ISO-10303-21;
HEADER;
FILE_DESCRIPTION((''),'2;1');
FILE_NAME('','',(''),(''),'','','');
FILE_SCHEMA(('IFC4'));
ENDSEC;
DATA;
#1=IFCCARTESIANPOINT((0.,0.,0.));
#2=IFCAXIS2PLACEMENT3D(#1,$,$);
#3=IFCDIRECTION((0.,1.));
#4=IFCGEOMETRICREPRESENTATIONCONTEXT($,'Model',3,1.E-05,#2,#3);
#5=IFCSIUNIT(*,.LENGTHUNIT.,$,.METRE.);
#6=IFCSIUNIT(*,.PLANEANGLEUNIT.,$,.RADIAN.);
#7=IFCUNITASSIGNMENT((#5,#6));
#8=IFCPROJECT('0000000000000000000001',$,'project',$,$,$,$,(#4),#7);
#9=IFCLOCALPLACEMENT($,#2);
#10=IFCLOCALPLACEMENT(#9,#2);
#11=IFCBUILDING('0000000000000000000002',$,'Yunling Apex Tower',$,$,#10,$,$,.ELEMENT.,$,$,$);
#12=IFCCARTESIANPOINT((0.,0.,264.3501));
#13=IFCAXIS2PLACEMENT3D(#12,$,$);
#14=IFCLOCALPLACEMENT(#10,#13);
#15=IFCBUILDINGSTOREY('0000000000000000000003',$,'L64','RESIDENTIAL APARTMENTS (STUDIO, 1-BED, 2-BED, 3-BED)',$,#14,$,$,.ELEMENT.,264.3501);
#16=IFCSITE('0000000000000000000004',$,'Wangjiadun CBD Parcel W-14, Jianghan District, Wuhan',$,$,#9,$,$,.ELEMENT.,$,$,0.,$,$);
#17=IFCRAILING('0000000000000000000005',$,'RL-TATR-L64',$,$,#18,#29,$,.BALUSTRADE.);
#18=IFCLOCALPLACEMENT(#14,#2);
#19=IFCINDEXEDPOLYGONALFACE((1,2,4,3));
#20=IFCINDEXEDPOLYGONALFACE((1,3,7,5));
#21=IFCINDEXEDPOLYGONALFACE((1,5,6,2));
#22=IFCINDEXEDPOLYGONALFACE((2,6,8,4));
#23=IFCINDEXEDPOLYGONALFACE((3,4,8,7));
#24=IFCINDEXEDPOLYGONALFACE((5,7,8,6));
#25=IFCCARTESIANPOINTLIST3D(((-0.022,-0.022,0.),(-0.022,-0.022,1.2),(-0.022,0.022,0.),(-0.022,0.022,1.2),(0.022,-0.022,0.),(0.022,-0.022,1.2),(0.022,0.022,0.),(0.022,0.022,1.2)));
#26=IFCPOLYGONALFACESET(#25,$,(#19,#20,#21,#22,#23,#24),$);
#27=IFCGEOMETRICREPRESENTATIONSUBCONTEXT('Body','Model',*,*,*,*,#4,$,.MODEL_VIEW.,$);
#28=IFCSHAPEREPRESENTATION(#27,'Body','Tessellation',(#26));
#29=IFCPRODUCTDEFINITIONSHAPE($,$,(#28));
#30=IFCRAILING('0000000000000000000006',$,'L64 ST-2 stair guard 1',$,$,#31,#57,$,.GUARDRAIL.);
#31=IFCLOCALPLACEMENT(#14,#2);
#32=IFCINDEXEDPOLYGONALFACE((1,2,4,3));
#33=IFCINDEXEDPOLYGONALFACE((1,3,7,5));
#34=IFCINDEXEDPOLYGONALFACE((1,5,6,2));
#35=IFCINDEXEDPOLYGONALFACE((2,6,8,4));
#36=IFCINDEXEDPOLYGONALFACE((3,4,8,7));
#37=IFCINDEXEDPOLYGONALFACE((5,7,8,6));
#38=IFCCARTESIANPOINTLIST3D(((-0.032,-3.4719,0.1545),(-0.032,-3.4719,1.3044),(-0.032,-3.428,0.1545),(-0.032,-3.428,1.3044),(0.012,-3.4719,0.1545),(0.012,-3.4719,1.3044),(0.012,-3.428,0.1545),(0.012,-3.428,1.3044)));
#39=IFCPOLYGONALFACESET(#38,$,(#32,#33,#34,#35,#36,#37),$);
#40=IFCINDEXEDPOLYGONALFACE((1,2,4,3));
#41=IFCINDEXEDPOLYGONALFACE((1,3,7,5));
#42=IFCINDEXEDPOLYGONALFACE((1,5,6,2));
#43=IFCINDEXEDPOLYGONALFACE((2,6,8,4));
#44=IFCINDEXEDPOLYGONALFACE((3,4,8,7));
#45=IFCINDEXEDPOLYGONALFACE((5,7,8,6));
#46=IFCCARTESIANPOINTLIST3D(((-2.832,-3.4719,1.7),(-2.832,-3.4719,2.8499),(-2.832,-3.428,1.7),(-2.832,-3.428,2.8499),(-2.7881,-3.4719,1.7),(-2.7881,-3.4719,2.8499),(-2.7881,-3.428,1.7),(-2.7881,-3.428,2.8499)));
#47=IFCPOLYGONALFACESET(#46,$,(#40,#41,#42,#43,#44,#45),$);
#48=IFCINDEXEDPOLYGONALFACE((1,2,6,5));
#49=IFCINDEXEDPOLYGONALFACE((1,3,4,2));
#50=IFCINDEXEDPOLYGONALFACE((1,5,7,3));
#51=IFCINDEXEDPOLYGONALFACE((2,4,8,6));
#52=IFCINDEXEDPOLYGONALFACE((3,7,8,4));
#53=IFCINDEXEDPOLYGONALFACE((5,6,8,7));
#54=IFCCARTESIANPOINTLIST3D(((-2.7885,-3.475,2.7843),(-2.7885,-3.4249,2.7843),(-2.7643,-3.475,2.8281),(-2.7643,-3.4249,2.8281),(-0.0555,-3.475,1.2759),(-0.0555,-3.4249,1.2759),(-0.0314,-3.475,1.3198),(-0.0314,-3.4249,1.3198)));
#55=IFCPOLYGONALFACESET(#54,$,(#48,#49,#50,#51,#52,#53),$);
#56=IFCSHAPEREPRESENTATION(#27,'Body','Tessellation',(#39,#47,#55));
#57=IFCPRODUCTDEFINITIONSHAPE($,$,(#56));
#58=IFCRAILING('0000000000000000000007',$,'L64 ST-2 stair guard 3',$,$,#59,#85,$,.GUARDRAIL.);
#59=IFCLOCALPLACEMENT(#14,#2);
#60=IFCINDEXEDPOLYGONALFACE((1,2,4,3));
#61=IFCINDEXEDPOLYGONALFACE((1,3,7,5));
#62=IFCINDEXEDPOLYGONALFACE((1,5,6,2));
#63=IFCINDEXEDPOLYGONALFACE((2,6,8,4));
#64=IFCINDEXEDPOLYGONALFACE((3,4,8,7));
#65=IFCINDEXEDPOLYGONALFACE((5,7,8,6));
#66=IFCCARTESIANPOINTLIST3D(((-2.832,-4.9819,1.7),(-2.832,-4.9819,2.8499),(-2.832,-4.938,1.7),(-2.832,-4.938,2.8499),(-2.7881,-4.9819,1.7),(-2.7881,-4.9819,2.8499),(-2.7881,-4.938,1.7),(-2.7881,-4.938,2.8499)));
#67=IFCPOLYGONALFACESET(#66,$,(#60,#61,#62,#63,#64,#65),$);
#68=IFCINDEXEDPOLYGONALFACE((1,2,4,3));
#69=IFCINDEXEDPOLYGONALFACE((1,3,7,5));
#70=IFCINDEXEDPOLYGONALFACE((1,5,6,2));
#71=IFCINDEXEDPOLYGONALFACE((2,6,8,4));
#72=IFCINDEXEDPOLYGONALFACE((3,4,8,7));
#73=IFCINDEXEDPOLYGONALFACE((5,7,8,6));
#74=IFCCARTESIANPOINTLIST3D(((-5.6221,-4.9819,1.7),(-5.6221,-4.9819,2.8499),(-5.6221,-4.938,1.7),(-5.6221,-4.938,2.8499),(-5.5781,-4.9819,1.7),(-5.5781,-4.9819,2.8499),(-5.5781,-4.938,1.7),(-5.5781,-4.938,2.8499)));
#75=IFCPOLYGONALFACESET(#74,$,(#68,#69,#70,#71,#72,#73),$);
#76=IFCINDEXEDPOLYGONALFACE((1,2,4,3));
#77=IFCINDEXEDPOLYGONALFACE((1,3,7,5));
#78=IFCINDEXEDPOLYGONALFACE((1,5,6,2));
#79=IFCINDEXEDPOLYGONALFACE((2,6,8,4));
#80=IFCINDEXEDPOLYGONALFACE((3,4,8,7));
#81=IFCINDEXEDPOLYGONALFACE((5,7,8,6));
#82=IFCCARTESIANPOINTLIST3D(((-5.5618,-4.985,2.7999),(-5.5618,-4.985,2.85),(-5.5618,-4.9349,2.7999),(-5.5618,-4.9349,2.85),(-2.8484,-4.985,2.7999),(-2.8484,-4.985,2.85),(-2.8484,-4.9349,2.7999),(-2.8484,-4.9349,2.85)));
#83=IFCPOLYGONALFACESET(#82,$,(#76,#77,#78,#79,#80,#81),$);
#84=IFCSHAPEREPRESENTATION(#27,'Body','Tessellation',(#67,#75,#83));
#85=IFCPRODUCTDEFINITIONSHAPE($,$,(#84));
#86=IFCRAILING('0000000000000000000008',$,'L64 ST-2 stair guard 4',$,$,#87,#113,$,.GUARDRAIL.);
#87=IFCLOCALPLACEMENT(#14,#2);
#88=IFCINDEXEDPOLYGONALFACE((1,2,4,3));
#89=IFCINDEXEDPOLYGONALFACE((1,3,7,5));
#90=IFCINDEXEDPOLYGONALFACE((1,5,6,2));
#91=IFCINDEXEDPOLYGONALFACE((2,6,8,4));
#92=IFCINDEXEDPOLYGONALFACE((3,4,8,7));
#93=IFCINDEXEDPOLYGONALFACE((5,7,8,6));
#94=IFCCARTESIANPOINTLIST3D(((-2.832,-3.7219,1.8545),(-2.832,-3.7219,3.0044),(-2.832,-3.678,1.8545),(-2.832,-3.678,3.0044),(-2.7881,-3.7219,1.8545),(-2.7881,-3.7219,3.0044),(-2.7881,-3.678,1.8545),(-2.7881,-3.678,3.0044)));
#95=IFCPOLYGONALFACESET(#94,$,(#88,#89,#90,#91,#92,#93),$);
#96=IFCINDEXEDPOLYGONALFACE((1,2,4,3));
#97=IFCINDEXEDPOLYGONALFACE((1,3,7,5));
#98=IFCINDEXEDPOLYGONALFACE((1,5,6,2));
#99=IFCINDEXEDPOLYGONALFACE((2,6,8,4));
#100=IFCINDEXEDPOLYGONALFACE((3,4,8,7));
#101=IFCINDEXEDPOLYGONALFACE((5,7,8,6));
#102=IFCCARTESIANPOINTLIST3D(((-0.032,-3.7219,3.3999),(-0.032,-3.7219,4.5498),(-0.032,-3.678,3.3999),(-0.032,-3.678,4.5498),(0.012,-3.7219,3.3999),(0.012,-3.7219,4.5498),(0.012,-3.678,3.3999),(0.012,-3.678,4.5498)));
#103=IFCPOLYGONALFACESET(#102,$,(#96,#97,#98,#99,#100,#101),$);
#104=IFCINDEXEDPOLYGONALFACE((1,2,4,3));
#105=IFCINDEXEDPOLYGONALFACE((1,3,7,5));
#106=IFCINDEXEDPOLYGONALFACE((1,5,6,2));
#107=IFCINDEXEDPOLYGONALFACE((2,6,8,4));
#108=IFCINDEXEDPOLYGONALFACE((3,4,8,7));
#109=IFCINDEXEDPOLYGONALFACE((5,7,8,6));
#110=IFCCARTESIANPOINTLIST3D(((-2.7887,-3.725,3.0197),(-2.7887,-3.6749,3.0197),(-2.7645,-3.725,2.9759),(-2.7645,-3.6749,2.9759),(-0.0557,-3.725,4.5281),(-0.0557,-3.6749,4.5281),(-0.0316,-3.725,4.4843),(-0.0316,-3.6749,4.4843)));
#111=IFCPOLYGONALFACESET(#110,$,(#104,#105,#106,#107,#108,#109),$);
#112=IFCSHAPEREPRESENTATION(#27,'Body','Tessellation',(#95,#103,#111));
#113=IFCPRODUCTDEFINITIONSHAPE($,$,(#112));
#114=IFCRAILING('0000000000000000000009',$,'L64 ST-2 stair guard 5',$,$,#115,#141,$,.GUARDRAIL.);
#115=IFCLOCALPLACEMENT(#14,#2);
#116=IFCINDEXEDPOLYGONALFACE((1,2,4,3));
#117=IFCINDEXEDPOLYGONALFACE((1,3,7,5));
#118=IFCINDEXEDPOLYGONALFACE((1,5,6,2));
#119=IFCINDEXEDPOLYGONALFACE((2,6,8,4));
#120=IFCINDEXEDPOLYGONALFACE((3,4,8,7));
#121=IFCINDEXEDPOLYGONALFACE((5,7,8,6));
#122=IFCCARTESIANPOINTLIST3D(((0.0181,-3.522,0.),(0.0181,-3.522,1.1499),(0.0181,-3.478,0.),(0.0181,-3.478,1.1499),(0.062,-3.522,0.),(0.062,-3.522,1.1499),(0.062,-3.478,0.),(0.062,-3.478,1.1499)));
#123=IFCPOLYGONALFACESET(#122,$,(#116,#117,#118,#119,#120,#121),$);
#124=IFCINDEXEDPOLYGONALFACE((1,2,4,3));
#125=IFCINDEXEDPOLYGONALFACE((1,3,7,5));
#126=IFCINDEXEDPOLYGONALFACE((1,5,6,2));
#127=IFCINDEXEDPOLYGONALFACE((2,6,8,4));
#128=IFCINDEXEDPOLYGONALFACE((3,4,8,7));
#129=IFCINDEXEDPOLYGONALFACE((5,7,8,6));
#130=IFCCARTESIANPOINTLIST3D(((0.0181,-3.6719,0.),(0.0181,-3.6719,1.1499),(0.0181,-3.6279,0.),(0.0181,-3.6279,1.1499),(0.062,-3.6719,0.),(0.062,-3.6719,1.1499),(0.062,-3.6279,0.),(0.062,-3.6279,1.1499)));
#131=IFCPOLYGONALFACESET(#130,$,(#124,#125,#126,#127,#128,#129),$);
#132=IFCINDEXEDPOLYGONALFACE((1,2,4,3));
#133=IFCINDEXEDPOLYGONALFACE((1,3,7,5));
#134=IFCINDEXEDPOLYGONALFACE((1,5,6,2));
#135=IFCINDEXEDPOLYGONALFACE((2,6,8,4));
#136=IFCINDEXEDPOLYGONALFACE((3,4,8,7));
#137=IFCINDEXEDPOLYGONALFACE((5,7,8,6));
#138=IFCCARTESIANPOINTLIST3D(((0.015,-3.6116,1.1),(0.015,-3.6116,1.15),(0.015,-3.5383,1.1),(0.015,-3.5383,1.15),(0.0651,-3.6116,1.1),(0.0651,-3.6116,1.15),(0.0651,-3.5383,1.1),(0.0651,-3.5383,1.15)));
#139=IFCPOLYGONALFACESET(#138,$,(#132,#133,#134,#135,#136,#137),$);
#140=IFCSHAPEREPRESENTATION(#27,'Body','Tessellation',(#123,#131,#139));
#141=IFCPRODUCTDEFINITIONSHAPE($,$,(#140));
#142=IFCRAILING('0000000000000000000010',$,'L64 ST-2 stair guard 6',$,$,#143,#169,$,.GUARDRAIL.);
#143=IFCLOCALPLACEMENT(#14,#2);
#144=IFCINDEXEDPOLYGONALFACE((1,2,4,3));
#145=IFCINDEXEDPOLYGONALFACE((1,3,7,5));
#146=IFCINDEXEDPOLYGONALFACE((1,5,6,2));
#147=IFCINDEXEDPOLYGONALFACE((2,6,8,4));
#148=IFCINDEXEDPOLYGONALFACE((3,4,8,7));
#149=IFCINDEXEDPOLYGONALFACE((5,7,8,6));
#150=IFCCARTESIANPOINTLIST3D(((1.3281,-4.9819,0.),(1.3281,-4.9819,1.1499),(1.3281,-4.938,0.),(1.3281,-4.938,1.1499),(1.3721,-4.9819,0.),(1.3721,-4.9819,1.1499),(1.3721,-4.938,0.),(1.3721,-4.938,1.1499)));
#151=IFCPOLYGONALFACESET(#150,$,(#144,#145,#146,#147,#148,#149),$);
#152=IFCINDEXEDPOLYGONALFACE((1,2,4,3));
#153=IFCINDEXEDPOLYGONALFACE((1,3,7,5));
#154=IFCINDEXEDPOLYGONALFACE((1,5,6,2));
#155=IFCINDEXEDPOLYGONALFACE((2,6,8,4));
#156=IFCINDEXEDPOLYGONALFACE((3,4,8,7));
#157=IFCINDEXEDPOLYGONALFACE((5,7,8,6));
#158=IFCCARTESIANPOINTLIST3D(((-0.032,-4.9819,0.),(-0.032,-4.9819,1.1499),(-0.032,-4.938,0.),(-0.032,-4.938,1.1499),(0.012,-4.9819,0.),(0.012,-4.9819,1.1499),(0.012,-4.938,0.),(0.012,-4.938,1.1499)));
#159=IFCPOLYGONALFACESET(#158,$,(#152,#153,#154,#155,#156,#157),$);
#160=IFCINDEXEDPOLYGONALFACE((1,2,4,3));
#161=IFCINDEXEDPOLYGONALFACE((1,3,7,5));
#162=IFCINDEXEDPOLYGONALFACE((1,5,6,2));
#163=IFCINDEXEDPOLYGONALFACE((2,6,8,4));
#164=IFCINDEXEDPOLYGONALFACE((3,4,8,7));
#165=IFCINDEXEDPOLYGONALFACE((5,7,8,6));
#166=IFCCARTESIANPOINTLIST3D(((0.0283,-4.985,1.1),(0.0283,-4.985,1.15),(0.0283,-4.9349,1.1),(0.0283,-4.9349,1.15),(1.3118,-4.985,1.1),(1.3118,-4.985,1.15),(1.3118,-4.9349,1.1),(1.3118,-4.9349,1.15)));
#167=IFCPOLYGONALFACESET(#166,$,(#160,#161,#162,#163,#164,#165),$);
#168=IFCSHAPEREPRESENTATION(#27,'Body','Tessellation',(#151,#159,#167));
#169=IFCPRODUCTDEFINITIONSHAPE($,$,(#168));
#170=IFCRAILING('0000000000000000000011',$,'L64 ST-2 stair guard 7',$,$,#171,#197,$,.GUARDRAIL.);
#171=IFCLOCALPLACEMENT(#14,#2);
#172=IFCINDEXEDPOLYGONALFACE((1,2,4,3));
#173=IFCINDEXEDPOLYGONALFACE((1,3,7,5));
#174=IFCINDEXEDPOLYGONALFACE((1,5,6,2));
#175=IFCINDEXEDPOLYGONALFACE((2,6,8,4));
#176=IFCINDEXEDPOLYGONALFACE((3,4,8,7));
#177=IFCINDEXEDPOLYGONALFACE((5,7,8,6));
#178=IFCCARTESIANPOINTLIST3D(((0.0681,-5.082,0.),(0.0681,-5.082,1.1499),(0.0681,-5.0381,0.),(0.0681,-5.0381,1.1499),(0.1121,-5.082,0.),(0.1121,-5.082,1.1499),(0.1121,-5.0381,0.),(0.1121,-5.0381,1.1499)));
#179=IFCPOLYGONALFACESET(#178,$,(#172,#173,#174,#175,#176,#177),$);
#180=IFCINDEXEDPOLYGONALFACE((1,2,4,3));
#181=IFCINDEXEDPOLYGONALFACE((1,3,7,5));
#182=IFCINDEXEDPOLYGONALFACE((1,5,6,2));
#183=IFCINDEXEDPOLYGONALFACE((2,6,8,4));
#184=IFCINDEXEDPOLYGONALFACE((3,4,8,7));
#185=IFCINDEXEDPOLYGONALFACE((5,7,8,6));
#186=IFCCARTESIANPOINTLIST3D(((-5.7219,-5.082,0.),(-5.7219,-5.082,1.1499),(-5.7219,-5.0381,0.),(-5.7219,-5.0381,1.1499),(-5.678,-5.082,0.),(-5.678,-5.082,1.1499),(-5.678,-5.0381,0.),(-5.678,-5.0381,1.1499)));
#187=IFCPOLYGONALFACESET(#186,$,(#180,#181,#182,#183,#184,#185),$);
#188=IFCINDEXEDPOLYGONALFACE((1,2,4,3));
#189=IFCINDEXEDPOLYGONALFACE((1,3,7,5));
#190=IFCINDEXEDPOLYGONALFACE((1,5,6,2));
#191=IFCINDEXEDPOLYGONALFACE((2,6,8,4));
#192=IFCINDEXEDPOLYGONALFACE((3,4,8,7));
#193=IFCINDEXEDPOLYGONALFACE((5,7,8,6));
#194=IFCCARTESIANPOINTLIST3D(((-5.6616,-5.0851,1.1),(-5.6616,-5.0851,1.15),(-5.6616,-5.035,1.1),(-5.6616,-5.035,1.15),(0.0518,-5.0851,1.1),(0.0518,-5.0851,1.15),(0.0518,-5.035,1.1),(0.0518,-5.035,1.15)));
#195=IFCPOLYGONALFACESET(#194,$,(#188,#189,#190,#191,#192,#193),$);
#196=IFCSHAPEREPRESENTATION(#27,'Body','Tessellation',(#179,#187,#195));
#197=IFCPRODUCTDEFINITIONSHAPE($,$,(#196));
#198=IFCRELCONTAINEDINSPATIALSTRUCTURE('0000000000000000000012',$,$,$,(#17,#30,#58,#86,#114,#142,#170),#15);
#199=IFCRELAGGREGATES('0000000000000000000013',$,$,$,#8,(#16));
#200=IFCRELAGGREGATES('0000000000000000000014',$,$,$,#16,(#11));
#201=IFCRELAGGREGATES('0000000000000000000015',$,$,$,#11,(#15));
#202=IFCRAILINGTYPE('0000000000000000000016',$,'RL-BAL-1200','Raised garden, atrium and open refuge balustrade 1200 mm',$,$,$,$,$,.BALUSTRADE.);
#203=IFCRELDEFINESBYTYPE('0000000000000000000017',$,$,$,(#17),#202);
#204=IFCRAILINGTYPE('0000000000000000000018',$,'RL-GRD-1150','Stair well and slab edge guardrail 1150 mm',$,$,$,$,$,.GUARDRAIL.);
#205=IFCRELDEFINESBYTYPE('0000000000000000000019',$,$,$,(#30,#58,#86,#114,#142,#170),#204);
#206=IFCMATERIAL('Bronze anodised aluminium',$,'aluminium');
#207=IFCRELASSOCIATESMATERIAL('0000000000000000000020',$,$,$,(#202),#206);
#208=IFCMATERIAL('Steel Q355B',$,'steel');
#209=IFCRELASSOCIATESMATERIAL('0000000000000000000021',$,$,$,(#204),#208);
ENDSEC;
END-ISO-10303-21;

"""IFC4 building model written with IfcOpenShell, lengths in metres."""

from ifc_helpers import new_model, si_unit, direction, frame, origin, origin_2d, place, context, subcontext, project, spatial, rectangle, extrude, material, type_object, element, save


model = new_model("IFC4")

# Units and contexts
model_context = context("Model", 3, precision=1e-05, world=origin(), true_north=direction((0.0, 1.0)))
body_context = subcontext(model_context, "Body", "Model", "MODEL_VIEW")
ifc_project = project(units=[si_unit("LENGTHUNIT", "METRE"), si_unit("PLANEANGLEUNIT", "RADIAN")], contexts=[model_context])

# Site, building, storey
site_placement = place(None, origin())
site = spatial("IfcSite", under=ifc_project, at=site_placement, Name="Wangjiadun CBD Parcel W-14, Jianghan District, Wuhan", CompositionType="ELEMENT", RefElevation=0.0)
building_placement = place(site_placement, origin())
building = spatial("IfcBuilding", under=site, at=building_placement, Name="Yunling Apex Tower", CompositionType="ELEMENT")
storey_placement = place(building_placement, frame((0.0, 0.0, 264.3501)))
storey = spatial("IfcBuildingStorey", under=building, at=storey_placement, Name="L64", Description="RESIDENTIAL APARTMENTS (STUDIO, 1-BED, 2-BED, 3-BED)", CompositionType="ELEMENT", Elevation=264.3501)

# Shared definitions
ifc_material_1 = material(Name="Steel Q355B", Category="steel")

# Shared definitions
ifc_material_2 = material(Name="Bronze anodised aluminium", Category="aluminium")

# Railings
railing_type_1 = type_object("IfcRailingType", Name="RL-BAL-1200", Description="Raised garden, atrium and open refuge balustrade 1200 mm", PredefinedType="BALUSTRADE", material=ifc_material_2)
railing_1_placement = place(storey_placement, origin())
element("IfcRailing", 1, at=railing_1_placement, inside=storey, type_object=railing_type_1, Name="RL-TATR-L64", PredefinedType="BALUSTRADE", context=body_context, shape_type="SweptSolid", body=[
    extrude(rectangle(XDim=0.0439, YDim=0.0439, at=origin_2d()), origin(), (0.0, 0.0, 1.0), 1.2),
])
railing_type_2 = type_object("IfcRailingType", Name="RL-GRD-1150", Description="Stair well and slab edge guardrail 1150 mm", PredefinedType="GUARDRAIL", material=ifc_material_1)
railing_2_placement = place(storey_placement, frame((-0.01, -3.45, 0.1545)))
element("IfcRailing", 2, at=railing_2_placement, inside=storey, type_object=railing_type_2, Name="L64 ST-2 stair guard 1", PredefinedType="GUARDRAIL", context=body_context, shape_type="SweptSolid", body=[
    extrude(rectangle(XDim=0.0439, YDim=0.0439, at=origin_2d()), origin(), (0.0, 0.0, 1.0), 1.1499),
    extrude(rectangle(XDim=0.0439, YDim=0.0439, at=origin_2d()), frame((-2.8, 0.0, 1.5454)), (0.0, 0.0, 1.0), 1.1499),
    extrude(rectangle(XDim=0.05, YDim=0.05, at=origin_2d()), frame((-0.0334, 0.0, 1.1433), z_axis=(-0.875504, 0.0, 0.483211), x_axis=(0.0, -1.0, 0.0)), (0.0, 0.0, 1.0), 3.1216),
])
railing_3_placement = place(storey_placement, frame((-2.8101, -4.96, 1.7)))
element("IfcRailing", 3, at=railing_3_placement, inside=storey, type_object=railing_type_2, Name="L64 ST-2 stair guard 3", PredefinedType="GUARDRAIL", context=body_context, shape_type="SweptSolid", body=[
    extrude(rectangle(XDim=0.0439, YDim=0.0439, at=origin_2d()), origin(), (0.0, 0.0, 1.0), 1.1499),
    extrude(rectangle(XDim=0.0439, YDim=0.0439, at=origin_2d()), frame((-2.79, 0.0, 0.0)), (0.0, 0.0, 1.0), 1.1499),
    extrude(rectangle(XDim=0.05, YDim=0.05, at=origin_2d()), frame((-0.0383, 0.0, 1.125), z_axis=(-1.0, 0.0, 0.0), x_axis=(0.0, -1.0, 0.0)), (0.0, 0.0, 1.0), 2.7134),
])
railing_4_placement = place(storey_placement, frame((-2.8101, -3.7, 1.8545)))
element("IfcRailing", 4, at=railing_4_placement, inside=storey, type_object=railing_type_2, Name="L64 ST-2 stair guard 4", PredefinedType="GUARDRAIL", context=body_context, shape_type="SweptSolid", body=[
    extrude(rectangle(XDim=0.0439, YDim=0.0439, at=origin_2d()), origin(), (0.0, 0.0, 1.0), 1.1499),
    extrude(rectangle(XDim=0.0439, YDim=0.0439, at=origin_2d()), frame((2.8, 0.0, 1.5454)), (0.0, 0.0, 1.0), 1.1499),
    extrude(rectangle(XDim=0.05, YDim=0.05, at=origin_2d()), frame((0.0334, 0.0, 1.1433), z_axis=(0.875504, 0.0, 0.483211), x_axis=(0.0, 1.0, 0.0)), (0.0, 0.0, 1.0), 3.1216),
])
railing_5_placement = place(storey_placement, frame((0.04, -3.5, 0.0)))
element("IfcRailing", 5, at=railing_5_placement, inside=storey, type_object=railing_type_2, Name="L64 ST-2 stair guard 5", PredefinedType="GUARDRAIL", context=body_context, shape_type="SweptSolid", body=[
    extrude(rectangle(XDim=0.0439, YDim=0.0439, at=origin_2d()), origin(), (0.0, 0.0, 1.0), 1.1499),
    extrude(rectangle(XDim=0.0439, YDim=0.0439, at=origin_2d()), frame((0.0, -0.1499, 0.0)), (0.0, 0.0, 1.0), 1.1499),
    extrude(rectangle(XDim=0.05, YDim=0.05, at=origin_2d()), frame((0.0, -0.0383, 1.125), z_axis=(0.0, -1.0, 0.0), x_axis=(1.0, 0.0, 0.0)), (0.0, 0.0, 1.0), 0.0732),
])
railing_6_placement = place(storey_placement, frame((1.3501, -4.96, 0.0)))
element("IfcRailing", 6, at=railing_6_placement, inside=storey, type_object=railing_type_2, Name="L64 ST-2 stair guard 6", PredefinedType="GUARDRAIL", context=body_context, shape_type="SweptSolid", body=[
    extrude(rectangle(XDim=0.0439, YDim=0.0439, at=origin_2d()), origin(), (0.0, 0.0, 1.0), 1.1499),
    extrude(rectangle(XDim=0.0439, YDim=0.0439, at=origin_2d()), frame((-1.3601, 0.0, 0.0)), (0.0, 0.0, 1.0), 1.1499),
    extrude(rectangle(XDim=0.05, YDim=0.05, at=origin_2d()), frame((-0.0383, 0.0, 1.125), z_axis=(-1.0, 0.0, 0.0), x_axis=(0.0, -1.0, 0.0)), (0.0, 0.0, 1.0), 1.2834),
])
railing_7_placement = place(storey_placement, frame((0.0901, -5.0601, 0.0)))
element("IfcRailing", 7, at=railing_7_placement, inside=storey, type_object=railing_type_2, Name="L64 ST-2 stair guard 7", PredefinedType="GUARDRAIL", context=body_context, shape_type="SweptSolid", body=[
    extrude(rectangle(XDim=0.0439, YDim=0.0439, at=origin_2d()), origin(), (0.0, 0.0, 1.0), 1.1499),
    extrude(rectangle(XDim=0.0439, YDim=0.0439, at=origin_2d()), frame((-5.79, 0.0, 0.0)), (0.0, 0.0, 1.0), 1.1499),
    extrude(rectangle(XDim=0.05, YDim=0.05, at=origin_2d()), frame((-0.0383, 0.0, 1.125), z_axis=(-1.0, 0.0, 0.0), x_axis=(0.0, -1.0, 0.0)), (0.0, 0.0, 1.0), 5.7134),
])

save(model, "model.ifc")
